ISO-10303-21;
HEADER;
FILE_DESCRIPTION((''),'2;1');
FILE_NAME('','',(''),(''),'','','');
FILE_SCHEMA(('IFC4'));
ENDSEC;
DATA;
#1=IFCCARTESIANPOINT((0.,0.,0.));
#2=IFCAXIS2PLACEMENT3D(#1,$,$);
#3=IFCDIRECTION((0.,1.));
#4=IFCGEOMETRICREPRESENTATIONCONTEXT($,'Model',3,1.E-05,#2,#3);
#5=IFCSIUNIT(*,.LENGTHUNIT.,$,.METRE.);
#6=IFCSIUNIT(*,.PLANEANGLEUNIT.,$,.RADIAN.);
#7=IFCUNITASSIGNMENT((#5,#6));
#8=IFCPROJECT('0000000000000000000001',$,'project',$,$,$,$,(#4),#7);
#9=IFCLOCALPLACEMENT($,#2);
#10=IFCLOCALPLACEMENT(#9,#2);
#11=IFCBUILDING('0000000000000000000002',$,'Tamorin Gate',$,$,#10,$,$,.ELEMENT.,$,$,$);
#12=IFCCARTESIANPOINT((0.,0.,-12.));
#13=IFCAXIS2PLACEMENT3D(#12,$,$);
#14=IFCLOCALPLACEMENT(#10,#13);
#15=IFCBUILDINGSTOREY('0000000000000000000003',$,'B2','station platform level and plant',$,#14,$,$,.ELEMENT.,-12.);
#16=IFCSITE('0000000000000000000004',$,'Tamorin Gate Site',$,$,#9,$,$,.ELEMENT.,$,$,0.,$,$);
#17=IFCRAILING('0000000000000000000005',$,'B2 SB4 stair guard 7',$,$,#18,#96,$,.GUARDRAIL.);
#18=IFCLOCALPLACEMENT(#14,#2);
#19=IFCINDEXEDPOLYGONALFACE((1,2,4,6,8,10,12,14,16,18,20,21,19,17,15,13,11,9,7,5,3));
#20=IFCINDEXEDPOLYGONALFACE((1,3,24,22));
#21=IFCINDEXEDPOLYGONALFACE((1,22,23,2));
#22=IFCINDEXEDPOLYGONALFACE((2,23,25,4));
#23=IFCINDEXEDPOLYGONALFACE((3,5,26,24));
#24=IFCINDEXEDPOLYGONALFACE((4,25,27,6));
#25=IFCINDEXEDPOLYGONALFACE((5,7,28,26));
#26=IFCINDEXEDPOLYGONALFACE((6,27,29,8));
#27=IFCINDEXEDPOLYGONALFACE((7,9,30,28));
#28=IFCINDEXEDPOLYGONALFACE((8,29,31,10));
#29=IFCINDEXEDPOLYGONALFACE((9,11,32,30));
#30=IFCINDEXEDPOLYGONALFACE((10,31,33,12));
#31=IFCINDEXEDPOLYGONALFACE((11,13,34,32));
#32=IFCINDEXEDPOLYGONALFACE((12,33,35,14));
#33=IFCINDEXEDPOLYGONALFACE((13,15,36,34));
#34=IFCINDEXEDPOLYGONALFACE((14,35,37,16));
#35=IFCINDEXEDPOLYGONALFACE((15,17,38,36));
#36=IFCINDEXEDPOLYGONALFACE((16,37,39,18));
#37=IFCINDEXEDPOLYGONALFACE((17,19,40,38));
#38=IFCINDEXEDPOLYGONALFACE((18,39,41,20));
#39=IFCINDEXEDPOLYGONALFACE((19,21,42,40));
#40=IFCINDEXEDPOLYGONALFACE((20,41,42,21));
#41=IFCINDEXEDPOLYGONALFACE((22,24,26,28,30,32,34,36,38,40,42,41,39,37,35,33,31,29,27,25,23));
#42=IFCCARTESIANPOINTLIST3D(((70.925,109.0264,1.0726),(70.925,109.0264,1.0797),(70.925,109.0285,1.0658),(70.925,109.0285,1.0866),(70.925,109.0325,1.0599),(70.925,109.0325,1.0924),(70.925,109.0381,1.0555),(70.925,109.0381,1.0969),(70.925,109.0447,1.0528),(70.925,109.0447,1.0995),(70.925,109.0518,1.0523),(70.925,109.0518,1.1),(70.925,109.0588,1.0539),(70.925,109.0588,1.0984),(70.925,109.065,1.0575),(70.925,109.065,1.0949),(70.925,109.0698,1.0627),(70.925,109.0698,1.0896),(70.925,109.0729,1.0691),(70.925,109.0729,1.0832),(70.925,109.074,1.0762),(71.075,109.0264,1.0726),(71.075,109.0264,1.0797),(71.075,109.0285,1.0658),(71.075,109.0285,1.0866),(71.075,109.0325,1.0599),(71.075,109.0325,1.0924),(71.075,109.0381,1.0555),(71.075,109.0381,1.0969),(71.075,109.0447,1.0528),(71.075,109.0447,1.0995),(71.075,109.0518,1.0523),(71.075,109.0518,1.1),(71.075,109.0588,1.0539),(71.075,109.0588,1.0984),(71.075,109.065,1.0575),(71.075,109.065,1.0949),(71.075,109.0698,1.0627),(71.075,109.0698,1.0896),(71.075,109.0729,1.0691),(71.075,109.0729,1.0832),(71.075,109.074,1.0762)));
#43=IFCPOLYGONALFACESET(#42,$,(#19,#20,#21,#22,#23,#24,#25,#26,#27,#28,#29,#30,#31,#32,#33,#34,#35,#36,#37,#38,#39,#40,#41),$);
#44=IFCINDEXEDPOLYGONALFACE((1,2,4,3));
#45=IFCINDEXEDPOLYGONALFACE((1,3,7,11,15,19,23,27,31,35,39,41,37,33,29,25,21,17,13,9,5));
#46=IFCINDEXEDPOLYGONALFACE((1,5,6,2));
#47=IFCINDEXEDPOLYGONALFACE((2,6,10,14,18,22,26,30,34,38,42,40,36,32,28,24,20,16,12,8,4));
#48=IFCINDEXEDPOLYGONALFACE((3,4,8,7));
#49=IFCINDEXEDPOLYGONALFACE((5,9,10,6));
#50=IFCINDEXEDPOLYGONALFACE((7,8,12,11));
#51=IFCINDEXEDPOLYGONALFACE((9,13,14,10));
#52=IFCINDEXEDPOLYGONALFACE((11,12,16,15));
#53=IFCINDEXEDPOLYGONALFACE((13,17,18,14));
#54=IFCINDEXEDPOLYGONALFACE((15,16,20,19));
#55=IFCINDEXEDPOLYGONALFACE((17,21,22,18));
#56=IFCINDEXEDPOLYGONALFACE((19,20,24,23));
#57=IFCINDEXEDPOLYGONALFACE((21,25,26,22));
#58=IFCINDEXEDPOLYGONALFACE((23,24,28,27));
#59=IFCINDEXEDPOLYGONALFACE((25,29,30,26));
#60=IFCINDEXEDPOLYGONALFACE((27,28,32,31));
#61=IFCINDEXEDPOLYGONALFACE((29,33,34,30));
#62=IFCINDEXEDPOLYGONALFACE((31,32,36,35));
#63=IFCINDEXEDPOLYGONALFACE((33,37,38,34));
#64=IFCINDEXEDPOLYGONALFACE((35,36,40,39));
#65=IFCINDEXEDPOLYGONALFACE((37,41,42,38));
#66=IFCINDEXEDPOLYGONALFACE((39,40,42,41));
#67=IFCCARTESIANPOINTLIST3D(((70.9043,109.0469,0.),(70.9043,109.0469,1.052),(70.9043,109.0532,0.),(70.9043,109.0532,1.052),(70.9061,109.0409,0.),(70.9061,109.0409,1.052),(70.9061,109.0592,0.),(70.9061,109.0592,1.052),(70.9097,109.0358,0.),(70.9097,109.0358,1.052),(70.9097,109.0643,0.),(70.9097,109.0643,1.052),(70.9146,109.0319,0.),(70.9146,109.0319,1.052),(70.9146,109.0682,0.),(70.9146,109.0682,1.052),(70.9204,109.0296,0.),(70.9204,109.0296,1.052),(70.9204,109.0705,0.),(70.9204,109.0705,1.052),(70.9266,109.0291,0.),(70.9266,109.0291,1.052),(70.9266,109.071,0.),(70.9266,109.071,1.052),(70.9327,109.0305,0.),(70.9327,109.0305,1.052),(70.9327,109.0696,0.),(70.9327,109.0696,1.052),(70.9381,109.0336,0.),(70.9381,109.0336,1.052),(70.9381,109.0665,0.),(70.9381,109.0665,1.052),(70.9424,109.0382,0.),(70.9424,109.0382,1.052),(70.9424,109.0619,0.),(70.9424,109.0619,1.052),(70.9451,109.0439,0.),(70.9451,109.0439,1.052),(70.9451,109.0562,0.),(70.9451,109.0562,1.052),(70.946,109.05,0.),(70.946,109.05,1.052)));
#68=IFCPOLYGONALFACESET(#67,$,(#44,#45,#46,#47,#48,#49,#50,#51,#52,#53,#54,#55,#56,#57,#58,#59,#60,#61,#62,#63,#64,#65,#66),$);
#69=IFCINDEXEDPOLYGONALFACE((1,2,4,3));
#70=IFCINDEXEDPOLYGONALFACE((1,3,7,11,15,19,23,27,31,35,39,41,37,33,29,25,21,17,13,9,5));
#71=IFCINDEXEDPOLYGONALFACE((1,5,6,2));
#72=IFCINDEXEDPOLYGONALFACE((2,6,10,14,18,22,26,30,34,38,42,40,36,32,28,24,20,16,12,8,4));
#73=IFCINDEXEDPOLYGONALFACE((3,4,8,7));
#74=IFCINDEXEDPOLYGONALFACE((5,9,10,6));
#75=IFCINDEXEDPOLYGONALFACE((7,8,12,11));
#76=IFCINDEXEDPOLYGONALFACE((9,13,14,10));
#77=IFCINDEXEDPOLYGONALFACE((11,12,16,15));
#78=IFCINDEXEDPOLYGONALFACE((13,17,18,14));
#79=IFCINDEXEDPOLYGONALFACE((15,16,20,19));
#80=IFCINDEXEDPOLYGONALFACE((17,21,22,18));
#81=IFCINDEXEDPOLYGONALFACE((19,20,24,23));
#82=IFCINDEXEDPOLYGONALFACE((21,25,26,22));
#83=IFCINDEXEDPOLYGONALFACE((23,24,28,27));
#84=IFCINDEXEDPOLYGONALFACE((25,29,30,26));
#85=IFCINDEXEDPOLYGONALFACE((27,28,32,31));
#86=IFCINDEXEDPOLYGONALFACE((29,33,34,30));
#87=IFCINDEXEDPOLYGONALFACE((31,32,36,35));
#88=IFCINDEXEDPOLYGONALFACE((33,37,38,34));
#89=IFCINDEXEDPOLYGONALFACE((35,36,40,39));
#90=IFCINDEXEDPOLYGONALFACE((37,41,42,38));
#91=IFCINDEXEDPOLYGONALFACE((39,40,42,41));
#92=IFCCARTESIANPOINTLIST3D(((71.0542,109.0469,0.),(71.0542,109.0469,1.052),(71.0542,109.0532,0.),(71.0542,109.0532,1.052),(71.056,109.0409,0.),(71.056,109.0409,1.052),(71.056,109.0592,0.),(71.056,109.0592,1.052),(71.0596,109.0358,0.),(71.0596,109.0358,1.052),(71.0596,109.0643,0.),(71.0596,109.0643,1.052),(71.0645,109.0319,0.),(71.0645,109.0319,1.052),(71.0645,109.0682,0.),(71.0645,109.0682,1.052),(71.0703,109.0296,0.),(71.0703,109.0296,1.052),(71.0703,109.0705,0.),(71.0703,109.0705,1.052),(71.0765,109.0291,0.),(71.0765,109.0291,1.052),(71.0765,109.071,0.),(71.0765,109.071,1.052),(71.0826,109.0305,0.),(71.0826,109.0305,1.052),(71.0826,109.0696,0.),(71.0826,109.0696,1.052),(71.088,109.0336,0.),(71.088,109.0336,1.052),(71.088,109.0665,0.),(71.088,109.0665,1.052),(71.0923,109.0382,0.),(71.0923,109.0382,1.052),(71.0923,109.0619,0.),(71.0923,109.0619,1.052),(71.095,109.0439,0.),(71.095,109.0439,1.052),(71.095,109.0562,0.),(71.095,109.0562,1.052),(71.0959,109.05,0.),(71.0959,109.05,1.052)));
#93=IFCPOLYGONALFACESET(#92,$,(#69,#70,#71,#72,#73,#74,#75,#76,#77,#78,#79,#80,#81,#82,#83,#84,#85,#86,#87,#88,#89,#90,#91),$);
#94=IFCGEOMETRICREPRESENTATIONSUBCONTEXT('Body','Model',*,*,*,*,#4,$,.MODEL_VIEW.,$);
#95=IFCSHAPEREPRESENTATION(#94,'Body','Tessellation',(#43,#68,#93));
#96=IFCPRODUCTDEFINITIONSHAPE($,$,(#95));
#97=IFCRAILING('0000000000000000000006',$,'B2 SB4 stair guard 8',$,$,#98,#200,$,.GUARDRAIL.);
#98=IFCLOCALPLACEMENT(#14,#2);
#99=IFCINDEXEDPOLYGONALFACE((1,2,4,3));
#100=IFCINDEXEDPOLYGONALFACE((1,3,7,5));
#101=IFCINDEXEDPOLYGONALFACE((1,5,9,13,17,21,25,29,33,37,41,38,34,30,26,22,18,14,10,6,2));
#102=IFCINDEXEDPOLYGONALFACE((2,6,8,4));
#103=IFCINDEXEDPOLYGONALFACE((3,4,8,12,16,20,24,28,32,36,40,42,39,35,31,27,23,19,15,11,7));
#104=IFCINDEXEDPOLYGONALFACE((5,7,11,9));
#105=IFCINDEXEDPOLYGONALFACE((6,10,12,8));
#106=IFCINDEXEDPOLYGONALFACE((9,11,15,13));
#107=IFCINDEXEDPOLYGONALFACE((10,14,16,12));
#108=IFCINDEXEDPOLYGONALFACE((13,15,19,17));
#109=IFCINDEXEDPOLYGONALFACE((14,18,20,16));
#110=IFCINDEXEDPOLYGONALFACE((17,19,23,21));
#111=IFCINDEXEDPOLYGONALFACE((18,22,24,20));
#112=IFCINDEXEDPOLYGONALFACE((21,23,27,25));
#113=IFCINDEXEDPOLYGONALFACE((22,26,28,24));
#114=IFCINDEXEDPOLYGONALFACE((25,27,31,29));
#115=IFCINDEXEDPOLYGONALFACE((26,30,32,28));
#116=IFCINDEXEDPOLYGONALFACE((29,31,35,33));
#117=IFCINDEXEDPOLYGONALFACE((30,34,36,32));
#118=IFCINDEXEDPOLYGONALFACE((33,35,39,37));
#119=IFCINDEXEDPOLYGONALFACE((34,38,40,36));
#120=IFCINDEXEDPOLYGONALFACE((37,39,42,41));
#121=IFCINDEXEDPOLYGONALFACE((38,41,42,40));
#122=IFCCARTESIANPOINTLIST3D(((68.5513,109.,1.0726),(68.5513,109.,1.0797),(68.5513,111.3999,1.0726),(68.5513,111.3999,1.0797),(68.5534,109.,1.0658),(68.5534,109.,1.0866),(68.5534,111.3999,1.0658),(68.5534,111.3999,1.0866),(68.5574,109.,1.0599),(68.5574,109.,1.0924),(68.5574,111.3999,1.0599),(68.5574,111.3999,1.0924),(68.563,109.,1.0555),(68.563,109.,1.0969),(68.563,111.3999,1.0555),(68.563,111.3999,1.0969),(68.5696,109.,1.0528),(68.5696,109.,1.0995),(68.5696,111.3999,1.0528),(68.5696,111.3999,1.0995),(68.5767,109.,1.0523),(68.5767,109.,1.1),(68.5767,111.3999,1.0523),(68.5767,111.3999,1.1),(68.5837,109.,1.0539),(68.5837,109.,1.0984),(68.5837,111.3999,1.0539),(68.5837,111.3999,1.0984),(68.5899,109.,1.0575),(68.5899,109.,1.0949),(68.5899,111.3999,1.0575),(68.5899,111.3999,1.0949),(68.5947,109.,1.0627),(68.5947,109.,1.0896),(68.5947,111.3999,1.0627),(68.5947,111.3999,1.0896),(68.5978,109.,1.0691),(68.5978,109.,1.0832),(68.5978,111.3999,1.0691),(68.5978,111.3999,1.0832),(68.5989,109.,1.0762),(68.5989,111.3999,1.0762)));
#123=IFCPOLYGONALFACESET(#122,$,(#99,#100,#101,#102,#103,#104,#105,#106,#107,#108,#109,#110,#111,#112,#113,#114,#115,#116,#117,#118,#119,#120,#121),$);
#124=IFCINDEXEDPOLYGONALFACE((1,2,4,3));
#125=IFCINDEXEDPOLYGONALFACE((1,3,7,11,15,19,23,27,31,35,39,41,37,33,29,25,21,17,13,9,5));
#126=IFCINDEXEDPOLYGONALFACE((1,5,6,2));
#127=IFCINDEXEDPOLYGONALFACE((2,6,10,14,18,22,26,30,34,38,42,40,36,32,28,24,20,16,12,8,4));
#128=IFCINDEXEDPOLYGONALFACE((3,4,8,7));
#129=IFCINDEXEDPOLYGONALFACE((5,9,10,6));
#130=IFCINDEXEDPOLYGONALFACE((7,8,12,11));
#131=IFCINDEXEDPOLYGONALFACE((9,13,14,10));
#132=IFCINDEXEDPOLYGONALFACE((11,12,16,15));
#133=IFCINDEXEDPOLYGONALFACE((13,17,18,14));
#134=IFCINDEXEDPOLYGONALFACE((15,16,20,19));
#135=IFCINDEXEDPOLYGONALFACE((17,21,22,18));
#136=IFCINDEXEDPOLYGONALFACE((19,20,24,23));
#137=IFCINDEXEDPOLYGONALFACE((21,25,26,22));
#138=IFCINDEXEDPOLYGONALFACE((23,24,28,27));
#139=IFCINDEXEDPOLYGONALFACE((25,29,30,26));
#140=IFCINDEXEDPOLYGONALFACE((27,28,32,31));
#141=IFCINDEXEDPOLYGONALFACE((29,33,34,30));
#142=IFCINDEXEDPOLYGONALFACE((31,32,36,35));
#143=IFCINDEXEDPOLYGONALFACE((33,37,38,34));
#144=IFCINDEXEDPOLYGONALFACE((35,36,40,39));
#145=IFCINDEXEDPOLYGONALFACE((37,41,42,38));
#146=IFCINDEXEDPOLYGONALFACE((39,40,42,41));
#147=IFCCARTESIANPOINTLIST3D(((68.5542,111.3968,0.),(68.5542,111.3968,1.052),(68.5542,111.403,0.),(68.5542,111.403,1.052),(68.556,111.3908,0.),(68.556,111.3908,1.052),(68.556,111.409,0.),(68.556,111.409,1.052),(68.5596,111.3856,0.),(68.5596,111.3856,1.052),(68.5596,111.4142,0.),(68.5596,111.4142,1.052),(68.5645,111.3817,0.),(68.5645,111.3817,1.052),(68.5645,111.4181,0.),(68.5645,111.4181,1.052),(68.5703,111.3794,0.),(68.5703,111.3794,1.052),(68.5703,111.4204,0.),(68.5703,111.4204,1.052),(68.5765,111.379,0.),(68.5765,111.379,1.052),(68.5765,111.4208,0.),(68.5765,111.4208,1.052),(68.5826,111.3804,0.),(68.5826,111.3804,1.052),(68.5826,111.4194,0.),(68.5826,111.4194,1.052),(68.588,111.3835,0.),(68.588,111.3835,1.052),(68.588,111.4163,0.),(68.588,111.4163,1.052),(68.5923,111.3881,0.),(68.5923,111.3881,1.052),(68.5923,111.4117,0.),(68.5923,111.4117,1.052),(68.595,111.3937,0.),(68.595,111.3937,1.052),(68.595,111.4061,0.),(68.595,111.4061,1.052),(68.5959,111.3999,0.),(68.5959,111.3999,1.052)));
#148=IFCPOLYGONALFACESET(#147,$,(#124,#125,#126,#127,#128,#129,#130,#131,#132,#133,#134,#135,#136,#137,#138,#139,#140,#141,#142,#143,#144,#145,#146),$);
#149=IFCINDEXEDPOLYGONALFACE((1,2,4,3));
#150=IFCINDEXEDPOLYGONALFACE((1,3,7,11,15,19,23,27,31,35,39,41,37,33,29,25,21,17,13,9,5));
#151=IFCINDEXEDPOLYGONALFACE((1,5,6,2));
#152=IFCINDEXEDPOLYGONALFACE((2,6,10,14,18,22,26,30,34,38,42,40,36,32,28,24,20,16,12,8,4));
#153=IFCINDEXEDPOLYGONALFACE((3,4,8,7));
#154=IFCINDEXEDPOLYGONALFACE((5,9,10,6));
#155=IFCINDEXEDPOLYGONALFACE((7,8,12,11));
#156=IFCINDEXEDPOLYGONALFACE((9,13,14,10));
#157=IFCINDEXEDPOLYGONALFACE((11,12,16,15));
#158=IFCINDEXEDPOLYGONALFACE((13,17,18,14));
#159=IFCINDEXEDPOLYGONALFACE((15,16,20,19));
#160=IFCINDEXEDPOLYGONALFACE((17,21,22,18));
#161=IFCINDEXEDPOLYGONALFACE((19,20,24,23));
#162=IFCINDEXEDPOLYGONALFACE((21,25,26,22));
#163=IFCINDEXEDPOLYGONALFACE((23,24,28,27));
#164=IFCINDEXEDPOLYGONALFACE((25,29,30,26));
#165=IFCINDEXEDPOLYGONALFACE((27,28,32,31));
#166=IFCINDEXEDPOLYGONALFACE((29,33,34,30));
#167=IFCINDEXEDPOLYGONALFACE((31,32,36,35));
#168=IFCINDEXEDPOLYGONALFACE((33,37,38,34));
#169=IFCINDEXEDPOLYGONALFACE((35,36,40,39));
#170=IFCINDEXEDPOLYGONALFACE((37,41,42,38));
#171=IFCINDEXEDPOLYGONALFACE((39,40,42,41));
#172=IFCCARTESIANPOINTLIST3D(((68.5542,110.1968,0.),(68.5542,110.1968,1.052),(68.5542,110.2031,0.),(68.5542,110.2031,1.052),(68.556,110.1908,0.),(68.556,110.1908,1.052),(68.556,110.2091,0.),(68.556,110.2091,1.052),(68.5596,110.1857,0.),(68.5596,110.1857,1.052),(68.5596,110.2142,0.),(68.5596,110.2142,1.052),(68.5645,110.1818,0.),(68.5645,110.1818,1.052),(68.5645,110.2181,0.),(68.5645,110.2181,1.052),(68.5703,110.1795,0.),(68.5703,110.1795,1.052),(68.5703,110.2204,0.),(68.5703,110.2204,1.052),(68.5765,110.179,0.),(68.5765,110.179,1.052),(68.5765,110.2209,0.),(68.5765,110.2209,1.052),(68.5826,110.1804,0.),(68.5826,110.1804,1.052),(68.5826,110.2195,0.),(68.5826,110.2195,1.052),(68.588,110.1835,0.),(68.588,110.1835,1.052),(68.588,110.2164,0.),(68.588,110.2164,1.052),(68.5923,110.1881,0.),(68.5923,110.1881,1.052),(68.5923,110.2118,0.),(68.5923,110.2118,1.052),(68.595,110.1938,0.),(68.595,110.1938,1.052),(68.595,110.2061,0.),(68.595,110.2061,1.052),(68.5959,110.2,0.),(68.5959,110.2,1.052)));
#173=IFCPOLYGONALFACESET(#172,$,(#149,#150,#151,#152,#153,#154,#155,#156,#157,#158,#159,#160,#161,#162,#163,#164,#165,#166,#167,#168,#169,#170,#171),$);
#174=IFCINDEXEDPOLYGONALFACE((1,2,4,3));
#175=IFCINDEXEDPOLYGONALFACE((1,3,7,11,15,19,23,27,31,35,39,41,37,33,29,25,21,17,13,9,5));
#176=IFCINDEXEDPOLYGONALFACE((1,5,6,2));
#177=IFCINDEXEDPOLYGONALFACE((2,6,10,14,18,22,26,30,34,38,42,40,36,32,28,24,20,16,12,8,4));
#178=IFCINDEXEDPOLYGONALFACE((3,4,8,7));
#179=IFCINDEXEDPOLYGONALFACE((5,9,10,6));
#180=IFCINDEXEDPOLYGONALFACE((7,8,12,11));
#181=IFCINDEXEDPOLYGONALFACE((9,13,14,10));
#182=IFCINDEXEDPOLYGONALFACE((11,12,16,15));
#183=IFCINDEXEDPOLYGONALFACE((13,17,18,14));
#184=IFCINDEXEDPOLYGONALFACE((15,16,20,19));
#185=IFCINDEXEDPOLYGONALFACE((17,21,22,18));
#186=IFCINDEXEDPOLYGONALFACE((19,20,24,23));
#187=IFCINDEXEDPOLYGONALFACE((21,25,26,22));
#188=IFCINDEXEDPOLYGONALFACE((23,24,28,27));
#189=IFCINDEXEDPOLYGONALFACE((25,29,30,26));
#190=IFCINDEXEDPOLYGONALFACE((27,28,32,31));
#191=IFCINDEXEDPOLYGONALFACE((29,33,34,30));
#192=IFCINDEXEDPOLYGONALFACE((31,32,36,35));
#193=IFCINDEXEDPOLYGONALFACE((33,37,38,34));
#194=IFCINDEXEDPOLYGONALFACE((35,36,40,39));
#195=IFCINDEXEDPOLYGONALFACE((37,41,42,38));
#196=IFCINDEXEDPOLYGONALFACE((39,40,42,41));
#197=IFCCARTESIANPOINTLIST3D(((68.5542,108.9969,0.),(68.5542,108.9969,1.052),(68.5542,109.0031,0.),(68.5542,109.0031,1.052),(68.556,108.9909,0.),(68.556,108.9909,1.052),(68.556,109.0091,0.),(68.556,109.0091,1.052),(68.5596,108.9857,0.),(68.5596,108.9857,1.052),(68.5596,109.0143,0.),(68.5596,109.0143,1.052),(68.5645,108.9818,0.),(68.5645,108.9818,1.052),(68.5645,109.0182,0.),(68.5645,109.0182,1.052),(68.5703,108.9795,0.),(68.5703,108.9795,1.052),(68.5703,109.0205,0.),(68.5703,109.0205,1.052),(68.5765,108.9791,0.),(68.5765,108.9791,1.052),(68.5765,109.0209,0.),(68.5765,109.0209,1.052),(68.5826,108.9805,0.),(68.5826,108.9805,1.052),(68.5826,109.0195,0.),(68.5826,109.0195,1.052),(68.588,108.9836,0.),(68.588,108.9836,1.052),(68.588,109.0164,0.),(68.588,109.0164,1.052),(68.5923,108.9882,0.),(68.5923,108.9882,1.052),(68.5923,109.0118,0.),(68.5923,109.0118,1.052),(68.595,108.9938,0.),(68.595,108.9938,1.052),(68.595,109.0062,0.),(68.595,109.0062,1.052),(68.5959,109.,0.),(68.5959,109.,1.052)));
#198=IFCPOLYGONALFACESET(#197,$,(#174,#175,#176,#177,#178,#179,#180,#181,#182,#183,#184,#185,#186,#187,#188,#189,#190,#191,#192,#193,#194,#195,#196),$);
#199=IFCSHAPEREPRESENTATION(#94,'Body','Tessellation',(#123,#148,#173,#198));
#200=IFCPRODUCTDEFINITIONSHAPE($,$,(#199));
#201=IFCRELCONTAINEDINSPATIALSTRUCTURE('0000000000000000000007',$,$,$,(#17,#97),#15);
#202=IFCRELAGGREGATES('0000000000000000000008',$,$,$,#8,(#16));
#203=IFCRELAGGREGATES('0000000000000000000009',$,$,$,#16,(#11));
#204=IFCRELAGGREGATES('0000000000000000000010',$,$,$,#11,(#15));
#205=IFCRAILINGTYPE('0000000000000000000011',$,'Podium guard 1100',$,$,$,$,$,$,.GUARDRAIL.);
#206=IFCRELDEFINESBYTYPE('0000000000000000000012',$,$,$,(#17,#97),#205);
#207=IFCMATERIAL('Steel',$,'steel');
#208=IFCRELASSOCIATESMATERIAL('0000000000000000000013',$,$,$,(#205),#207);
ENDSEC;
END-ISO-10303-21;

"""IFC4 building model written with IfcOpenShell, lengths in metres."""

from ifc_helpers import new_model, si_unit, direction, frame, origin, origin_2d, place, context, subcontext, project, spatial, circle, extrude, material, type_object, element, save


model = new_model("IFC4")

# Units and contexts
model_context = context("Model", 3, precision=1e-05, world=origin(), true_north=direction((0.0, 1.0)))
body_context = subcontext(model_context, "Body", "Model", "MODEL_VIEW")
ifc_project = project(units=[si_unit("LENGTHUNIT", "METRE"), si_unit("PLANEANGLEUNIT", "RADIAN")], contexts=[model_context])

# Site, building, storey
site_placement = place(None, origin())
site = spatial("IfcSite", under=ifc_project, at=site_placement, Name="Tamorin Gate Site", CompositionType="ELEMENT", RefElevation=0.0)
building_placement = place(site_placement, origin())
building = spatial("IfcBuilding", under=site, at=building_placement, Name="Tamorin Gate", CompositionType="ELEMENT")
storey_placement = place(building_placement, frame((0.0, 0.0, -12.0)))
storey = spatial("IfcBuildingStorey", under=building, at=storey_placement, Name="B2", Description="station platform level and plant", CompositionType="ELEMENT", Elevation=-12.0)

# Railings
ifc_material_1 = material(Name="Steel", Category="steel")
railing_type_1 = type_object("IfcRailingType", Name="Podium guard 1100", PredefinedType="GUARDRAIL", material=ifc_material_1)
railing_1_placement = place(storey_placement, frame((70.925, 109.05, 0.0)))
element("IfcRailing", 1, at=railing_1_placement, inside=storey, type_object=railing_type_1, Name="B2 SB4 stair guard 7", PredefinedType="GUARDRAIL", context=body_context, shape_type="SweptSolid", body=[
    extrude(circle(Radius=0.0239, at=origin_2d()), frame((0.0, 0.0, 1.0762), z_axis=(1.0, 0.0, 0.0), x_axis=(0.0, 1.0, 0.0)), (0.0, 0.0, 1.0), 0.1499),
    extrude(circle(Radius=0.021, at=origin_2d()), origin(), (0.0, 0.0, 1.0), 1.052),
    extrude(circle(Radius=0.021, at=origin_2d()), frame((0.1499, 0.0, 0.0)), (0.0, 0.0, 1.0), 1.052),
])
for number, where, name in (
    (2, (68.575, 111.3999, 0.0), "B2 SB4 stair guard 8"),
):
    element("IfcRailing", number, at=place(storey_placement, frame(where)), inside=storey, type_object=railing_type_1, Name=name, PredefinedType="GUARDRAIL", context=body_context, shape_type="SweptSolid", body=[
        extrude(circle(Radius=0.0239, at=origin_2d()), frame((0.0, 0.0, 1.0762), z_axis=(0.0, -1.0, 0.0), x_axis=(1.0, 0.0, 0.0)), (0.0, 0.0, 1.0), 2.3999),
        extrude(circle(Radius=0.021, at=origin_2d()), origin(), (0.0, 0.0, 1.0), 1.052),
        extrude(circle(Radius=0.021, at=origin_2d()), frame((0.0, -1.2, 0.0)), (0.0, 0.0, 1.0), 1.052),
        extrude(circle(Radius=0.021, at=origin_2d()), frame((0.0, -2.3999, 0.0)), (0.0, 0.0, 1.0), 1.052),
    ])

save(model, "model.ifc")
